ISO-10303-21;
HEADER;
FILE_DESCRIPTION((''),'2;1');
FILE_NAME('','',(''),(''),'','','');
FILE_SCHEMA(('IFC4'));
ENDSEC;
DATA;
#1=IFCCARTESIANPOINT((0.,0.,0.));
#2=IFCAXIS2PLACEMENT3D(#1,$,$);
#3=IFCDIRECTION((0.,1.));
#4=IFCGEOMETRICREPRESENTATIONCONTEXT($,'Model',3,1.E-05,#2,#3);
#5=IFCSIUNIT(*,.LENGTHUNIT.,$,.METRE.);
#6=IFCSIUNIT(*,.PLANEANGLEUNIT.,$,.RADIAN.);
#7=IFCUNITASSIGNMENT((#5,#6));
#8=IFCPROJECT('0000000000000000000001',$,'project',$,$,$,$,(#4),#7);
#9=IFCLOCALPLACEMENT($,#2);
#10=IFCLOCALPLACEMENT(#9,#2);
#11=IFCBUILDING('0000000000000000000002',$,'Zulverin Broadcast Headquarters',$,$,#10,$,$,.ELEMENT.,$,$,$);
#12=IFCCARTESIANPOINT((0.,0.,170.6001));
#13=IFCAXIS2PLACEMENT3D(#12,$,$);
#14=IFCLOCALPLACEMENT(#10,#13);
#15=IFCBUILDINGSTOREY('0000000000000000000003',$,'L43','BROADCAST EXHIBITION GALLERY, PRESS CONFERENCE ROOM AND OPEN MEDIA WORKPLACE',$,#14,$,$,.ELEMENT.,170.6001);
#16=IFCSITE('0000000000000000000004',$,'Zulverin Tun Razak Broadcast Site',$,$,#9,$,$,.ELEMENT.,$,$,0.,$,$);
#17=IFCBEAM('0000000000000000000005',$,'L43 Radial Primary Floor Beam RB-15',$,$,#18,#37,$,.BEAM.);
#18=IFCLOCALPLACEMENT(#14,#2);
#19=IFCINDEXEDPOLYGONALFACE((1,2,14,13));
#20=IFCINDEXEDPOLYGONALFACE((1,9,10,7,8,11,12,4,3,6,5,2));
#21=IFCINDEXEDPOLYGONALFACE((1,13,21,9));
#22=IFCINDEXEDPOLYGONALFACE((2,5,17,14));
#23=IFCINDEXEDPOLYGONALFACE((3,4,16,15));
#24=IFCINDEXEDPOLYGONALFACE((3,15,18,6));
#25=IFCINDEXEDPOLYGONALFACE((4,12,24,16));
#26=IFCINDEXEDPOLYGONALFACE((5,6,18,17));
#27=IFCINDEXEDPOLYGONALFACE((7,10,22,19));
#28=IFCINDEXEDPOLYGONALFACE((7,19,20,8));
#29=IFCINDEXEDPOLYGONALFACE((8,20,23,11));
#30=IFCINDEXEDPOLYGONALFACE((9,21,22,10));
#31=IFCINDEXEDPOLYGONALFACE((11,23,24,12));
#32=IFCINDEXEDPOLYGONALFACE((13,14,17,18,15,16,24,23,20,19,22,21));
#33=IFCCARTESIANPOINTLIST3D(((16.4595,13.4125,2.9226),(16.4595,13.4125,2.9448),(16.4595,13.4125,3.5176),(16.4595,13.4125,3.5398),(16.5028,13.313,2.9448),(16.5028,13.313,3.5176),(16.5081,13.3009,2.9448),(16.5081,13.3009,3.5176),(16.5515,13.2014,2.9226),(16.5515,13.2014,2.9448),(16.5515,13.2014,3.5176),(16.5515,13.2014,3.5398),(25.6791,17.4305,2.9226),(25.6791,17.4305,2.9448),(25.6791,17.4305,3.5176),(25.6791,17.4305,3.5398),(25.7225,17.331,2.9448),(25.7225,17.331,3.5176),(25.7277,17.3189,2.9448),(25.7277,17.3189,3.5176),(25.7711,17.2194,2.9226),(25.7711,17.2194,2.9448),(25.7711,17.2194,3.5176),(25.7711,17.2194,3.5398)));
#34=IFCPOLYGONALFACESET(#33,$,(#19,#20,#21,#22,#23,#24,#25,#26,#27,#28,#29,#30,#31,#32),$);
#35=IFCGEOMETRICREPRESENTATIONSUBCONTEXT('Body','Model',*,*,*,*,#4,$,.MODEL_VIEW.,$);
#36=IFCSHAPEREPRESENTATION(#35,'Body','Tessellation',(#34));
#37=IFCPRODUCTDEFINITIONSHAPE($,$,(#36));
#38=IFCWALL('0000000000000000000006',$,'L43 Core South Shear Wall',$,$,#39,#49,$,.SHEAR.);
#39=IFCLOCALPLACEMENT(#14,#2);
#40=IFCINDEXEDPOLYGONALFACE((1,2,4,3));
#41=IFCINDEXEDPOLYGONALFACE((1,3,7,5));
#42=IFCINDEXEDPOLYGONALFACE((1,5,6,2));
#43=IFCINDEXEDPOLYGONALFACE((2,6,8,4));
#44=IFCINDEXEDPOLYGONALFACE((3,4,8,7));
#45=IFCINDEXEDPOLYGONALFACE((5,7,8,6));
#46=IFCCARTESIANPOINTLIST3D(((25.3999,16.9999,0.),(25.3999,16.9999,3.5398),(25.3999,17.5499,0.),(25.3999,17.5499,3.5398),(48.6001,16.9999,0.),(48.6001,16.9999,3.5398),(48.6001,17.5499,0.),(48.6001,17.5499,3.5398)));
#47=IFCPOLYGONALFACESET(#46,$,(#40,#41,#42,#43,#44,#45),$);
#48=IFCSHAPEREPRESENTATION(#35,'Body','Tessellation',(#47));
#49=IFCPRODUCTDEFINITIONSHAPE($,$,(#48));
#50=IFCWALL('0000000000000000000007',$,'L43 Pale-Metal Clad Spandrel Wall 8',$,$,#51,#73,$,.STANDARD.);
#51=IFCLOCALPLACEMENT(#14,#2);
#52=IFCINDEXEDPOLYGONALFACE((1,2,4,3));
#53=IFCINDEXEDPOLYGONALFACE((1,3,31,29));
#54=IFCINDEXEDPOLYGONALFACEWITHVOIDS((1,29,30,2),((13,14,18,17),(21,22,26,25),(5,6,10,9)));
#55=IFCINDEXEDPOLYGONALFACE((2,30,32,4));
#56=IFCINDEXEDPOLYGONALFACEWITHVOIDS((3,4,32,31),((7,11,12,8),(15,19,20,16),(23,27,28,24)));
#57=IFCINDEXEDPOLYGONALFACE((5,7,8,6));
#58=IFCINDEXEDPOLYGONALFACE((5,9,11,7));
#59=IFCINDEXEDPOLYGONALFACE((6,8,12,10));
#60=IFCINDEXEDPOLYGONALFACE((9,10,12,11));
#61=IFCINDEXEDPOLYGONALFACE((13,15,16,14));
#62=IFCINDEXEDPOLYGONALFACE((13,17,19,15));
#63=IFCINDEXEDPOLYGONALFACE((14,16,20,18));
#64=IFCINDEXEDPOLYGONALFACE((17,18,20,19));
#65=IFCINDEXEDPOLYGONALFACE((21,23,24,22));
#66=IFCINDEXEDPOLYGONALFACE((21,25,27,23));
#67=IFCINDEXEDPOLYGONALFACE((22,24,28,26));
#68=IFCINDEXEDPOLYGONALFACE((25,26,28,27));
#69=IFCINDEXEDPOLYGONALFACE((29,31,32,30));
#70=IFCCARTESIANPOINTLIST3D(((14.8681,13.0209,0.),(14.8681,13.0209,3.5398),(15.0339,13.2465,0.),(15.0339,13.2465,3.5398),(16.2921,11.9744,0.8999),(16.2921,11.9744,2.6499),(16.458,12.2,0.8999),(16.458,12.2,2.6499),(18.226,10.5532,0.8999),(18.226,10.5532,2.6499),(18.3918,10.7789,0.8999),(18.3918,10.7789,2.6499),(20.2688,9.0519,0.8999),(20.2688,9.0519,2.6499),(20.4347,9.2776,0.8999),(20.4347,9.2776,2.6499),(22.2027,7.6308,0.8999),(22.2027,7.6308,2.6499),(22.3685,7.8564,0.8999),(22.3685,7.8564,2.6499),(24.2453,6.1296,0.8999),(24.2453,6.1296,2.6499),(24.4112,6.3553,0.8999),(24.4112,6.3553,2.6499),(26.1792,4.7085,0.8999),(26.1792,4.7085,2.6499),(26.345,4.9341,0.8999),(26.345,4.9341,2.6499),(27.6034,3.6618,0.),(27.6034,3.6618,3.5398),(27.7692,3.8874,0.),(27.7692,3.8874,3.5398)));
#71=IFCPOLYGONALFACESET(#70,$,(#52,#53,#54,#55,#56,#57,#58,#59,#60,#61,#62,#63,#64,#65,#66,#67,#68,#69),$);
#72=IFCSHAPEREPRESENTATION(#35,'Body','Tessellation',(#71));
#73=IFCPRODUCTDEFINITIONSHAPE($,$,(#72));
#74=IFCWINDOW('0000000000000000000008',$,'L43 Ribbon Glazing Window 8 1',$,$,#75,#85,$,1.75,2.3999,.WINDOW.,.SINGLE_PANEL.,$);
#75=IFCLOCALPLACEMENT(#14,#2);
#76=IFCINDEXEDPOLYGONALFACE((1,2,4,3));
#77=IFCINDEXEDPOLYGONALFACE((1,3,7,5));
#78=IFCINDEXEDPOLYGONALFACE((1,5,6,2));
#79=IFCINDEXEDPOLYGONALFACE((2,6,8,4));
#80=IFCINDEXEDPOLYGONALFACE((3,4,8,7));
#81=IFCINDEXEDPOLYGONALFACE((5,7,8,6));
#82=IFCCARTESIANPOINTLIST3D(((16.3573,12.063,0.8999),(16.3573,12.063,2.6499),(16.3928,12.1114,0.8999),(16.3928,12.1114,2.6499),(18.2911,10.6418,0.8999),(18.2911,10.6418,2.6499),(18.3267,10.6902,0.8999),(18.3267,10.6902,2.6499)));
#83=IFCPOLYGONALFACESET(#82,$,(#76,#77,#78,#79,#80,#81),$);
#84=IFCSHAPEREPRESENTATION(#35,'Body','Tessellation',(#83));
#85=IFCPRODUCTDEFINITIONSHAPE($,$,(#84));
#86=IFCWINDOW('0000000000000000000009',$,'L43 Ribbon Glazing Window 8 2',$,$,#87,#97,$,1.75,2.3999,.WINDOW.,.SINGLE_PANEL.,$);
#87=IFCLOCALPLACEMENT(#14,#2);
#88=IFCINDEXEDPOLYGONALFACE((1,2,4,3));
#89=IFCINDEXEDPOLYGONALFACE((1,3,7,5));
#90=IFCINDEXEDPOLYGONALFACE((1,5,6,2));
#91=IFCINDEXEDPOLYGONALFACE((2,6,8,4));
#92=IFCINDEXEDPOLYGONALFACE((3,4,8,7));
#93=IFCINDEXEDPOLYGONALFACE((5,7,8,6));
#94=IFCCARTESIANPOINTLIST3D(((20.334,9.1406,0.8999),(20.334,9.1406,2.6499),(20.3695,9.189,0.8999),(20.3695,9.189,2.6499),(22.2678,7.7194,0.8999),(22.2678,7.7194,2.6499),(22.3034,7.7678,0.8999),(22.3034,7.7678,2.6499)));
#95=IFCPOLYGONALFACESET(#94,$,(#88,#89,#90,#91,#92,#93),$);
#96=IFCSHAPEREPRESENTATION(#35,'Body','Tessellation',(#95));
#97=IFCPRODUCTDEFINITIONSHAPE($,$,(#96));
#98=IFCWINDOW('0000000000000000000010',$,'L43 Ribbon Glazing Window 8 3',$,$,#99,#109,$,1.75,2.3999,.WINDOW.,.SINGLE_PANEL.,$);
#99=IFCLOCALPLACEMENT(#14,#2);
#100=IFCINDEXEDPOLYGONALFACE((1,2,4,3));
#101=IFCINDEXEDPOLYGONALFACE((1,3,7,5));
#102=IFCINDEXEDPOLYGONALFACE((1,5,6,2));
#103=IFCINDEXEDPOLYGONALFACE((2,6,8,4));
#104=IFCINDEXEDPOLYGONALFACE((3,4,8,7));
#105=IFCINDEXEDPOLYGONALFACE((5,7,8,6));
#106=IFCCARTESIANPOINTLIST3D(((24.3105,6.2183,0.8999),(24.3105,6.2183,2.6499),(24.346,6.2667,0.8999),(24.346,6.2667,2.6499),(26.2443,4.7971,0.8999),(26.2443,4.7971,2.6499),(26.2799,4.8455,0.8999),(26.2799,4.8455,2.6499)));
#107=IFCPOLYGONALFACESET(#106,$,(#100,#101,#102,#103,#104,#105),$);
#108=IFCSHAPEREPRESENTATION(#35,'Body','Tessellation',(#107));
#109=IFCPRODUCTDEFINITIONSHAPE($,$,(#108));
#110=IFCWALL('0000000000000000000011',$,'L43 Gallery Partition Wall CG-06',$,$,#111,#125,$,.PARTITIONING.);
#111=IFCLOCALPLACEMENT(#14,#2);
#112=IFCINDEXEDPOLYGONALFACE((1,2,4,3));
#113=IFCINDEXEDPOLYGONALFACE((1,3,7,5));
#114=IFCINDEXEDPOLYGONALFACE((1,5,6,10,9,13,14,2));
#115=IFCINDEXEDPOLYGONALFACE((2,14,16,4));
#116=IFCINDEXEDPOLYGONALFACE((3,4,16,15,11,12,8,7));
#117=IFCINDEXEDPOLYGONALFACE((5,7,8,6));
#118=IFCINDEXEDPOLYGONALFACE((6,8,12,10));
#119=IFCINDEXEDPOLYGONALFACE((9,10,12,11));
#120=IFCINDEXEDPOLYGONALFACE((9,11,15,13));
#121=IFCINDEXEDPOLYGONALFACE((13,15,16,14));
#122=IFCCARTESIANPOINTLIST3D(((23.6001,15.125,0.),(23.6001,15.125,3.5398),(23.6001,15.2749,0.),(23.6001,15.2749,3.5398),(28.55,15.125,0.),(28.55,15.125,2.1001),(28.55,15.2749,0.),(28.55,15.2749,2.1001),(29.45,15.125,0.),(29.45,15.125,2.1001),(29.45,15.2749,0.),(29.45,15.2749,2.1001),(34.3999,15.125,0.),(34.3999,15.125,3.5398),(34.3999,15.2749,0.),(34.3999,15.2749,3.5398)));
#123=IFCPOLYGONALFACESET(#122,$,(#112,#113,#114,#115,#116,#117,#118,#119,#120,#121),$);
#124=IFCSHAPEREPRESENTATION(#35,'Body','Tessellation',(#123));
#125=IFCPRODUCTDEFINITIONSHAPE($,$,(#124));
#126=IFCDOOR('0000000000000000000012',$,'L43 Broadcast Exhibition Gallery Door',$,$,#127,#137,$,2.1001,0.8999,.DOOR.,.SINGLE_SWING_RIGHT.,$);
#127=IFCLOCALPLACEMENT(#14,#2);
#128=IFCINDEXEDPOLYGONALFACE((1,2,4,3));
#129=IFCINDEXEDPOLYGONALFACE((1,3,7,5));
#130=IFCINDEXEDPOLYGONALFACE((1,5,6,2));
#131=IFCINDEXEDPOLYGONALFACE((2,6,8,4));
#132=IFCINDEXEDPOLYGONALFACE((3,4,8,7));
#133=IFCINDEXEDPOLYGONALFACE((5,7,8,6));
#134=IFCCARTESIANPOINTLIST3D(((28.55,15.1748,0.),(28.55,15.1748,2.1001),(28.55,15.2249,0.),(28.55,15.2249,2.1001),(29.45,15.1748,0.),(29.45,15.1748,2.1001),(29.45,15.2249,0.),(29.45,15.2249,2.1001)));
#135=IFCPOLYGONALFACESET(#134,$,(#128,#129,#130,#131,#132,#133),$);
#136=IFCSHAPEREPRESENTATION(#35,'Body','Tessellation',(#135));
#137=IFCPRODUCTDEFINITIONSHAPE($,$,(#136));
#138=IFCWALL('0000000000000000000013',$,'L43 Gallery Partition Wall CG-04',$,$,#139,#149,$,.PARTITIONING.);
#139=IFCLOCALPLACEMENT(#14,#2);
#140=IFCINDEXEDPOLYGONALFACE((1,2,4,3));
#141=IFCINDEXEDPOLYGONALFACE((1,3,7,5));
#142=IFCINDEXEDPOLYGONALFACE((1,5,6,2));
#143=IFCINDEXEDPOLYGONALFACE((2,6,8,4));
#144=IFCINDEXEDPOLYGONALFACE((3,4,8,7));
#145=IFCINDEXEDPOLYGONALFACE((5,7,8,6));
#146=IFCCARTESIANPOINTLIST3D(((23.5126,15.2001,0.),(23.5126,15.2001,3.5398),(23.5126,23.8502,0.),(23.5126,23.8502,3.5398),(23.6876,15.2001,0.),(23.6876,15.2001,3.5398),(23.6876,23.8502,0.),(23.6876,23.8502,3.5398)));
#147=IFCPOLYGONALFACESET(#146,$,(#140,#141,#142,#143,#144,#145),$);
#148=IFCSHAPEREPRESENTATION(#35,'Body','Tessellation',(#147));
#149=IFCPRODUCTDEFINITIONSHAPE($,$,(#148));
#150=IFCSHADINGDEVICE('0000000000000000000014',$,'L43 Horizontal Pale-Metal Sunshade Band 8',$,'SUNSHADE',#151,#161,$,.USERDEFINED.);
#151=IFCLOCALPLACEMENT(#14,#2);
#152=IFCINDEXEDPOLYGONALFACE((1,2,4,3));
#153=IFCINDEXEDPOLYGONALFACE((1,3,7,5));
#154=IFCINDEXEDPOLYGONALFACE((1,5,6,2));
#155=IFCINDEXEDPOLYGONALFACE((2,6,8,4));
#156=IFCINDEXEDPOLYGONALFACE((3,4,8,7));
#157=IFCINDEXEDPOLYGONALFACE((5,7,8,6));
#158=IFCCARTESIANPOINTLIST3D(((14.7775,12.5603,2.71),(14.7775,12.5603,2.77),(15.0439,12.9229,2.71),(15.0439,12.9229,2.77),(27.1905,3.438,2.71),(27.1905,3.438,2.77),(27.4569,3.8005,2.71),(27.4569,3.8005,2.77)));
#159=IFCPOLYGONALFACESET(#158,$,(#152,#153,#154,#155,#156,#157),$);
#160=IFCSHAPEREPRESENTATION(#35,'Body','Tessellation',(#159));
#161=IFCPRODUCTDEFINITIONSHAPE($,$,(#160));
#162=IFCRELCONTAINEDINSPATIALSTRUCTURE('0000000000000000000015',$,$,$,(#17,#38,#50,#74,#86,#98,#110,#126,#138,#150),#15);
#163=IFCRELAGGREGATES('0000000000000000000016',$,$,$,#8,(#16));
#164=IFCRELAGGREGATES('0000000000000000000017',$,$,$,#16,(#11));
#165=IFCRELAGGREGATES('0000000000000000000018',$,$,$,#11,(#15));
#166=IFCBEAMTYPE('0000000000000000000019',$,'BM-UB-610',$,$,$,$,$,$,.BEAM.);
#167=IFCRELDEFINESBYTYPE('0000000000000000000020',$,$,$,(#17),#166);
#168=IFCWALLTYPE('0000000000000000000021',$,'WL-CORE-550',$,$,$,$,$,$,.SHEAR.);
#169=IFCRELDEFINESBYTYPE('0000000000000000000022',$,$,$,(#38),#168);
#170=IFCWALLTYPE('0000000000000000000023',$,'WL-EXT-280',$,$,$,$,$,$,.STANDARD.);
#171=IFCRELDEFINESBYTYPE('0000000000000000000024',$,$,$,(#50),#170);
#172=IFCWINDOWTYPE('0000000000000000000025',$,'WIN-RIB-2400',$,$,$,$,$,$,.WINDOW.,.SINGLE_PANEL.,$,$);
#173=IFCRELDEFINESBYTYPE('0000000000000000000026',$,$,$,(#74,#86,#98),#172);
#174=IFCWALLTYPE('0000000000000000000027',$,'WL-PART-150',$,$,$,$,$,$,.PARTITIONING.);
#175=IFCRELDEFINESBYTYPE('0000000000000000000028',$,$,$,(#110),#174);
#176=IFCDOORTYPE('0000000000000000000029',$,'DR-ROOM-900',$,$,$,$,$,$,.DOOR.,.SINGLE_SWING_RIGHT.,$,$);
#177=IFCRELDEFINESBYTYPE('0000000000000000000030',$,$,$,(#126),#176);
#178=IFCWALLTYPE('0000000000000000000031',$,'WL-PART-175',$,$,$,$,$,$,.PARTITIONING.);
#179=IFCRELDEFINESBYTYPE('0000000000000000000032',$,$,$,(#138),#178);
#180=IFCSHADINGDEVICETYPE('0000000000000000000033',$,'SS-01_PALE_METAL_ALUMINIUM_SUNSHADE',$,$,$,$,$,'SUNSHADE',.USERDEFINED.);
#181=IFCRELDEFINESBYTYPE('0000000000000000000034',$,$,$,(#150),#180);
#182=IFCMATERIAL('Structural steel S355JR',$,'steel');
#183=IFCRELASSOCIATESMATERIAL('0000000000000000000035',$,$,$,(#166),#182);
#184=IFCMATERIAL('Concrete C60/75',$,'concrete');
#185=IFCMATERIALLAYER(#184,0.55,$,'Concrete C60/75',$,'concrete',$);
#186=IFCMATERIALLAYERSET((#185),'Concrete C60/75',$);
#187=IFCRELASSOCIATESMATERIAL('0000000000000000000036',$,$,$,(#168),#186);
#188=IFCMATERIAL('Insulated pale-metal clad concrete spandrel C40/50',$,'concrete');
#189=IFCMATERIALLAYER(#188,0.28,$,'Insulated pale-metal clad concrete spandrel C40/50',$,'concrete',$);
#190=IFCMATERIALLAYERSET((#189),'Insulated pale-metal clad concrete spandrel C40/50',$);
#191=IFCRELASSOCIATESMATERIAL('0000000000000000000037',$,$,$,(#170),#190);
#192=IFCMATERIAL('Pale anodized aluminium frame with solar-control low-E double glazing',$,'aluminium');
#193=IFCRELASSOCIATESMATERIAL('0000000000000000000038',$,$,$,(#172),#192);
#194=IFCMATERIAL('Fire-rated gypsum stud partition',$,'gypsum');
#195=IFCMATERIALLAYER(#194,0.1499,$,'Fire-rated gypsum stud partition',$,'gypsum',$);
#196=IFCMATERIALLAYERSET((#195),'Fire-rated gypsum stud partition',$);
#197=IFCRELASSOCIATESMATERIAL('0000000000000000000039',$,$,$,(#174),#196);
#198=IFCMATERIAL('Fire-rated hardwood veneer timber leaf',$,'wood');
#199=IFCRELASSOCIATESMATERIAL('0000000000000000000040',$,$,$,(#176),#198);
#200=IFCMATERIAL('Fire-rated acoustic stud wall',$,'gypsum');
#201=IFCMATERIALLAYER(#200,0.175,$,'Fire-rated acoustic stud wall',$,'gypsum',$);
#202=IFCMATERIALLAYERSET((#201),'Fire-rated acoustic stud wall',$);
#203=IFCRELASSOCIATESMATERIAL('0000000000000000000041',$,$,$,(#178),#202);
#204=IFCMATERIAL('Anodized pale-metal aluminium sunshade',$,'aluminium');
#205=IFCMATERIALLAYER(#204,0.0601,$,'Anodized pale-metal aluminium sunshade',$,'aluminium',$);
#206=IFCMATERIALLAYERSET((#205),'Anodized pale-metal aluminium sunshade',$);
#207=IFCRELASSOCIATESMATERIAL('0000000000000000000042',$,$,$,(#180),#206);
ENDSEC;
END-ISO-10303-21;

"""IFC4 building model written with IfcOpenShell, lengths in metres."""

from ifc_helpers import new_model, si_unit, direction, frame, frame_2d, origin, origin_2d, place, context, subcontext, project, spatial, rectangle, i_section, extrude, material, layer, layer_set, material_profile, profile_set, type_object, element, fill, save


model = new_model("IFC4")

# Units and contexts
model_context = context("Model", 3, precision=1e-05, world=origin(), true_north=direction((0.0, 1.0)))
body_context = subcontext(model_context, "Body", "Model", "MODEL_VIEW")
ifc_project = project(units=[si_unit("LENGTHUNIT", "METRE"), si_unit("PLANEANGLEUNIT", "RADIAN")], contexts=[model_context])

# Site, building, storey
site_placement = place(None, origin())
site = spatial("IfcSite", under=ifc_project, at=site_placement, Name="Zulverin Tun Razak Broadcast Site", CompositionType="ELEMENT", RefElevation=0.0)
building_placement = place(site_placement, origin())
building = spatial("IfcBuilding", under=site, at=building_placement, Name="Zulverin Broadcast Headquarters", CompositionType="ELEMENT")
storey_placement = place(building_placement, frame((0.0, 0.0, 170.6001)))
storey = spatial("IfcBuildingStorey", under=building, at=storey_placement, Name="L43", Description="BROADCAST EXHIBITION GALLERY, PRESS CONFERENCE ROOM AND OPEN MEDIA WORKPLACE", CompositionType="ELEMENT", Elevation=170.6001)

# Beam
ifc_material_1 = material(Name="Concrete C60/75", Category="concrete")
ifc_material_2 = material(Name="Structural steel S355JR", Category="steel")
ifc_material_profile_1 = material_profile(ifc_material_2, i_section(OverallWidth=0.2302, OverallDepth=0.6172, WebThickness=0.0132, FlangeThickness=0.0222, at=origin_2d()), Name="Structural steel S355JR", Category="steel")
ifc_profile_set_1 = profile_set([ifc_material_profile_1], Name="Structural steel S355JR")
beam_type_1 = type_object("IfcBeamType", Name="BM-UB-610", PredefinedType="BEAM", material=ifc_profile_set_1)
beam_1_placement = place(storey_placement, frame((25.7251, 17.325, 3.2312), z_axis=(-0.916725, -0.39952, 0.0), x_axis=(0.39952, -0.916725, 0.0)))
element("IfcBeam", 1, at=beam_1_placement, inside=storey, type_object=beam_type_1, Name="L43 Radial Primary Floor Beam RB-15", PredefinedType="BEAM", context=body_context, shape_type="SweptSolid", body=[
    extrude(i_section(OverallWidth=0.2302, OverallDepth=0.6172, WebThickness=0.0132, FlangeThickness=0.0222, at=origin_2d()), origin(), (0.0, 0.0, 1.0), 10.0571),
])

# Wall
ifc_layer_1 = layer(ifc_material_1, 0.55, Name="Concrete C60/75", Category="concrete")
ifc_layer_set_1 = layer_set([ifc_layer_1], Name="Concrete C60/75")
wall_type_1 = type_object("IfcWallType", Name="WL-CORE-550", PredefinedType="SHEAR", material=ifc_layer_set_1)
wall_1_placement = place(storey_placement, frame((25.3999, 17.2749, 0.0), z_axis=(0.0, 0.0, 1.0), x_axis=(1.0, 0.0, 0.0)))
element("IfcWall", 2, at=wall_1_placement, inside=storey, type_object=wall_type_1, Name="L43 Core South Shear Wall", PredefinedType="SHEAR", context=body_context, shape_type="SweptSolid", body=[
    extrude(rectangle(XDim=23.2002, YDim=0.55, at=frame_2d((11.6001, 0.0))), origin(), (0.0, 0.0, 1.0), 3.5398),
])

# Wall, openings, windows
ifc_material_3 = material(Name="Insulated pale-metal clad concrete spandrel C40/50", Category="concrete")
ifc_layer_2 = layer(ifc_material_3, 0.28, Name="Insulated pale-metal clad concrete spandrel C40/50", Category="concrete")
ifc_layer_set_2 = layer_set([ifc_layer_2], Name="Insulated pale-metal clad concrete spandrel C40/50")
wall_type_2 = type_object("IfcWallType", Name="WL-EXT-280", PredefinedType="STANDARD", material=ifc_layer_set_2)
wall_2_placement = place(storey_placement, frame((14.9509, 13.1338, 0.0), z_axis=(0.0, 0.0, 1.0), x_axis=(0.805805, -0.592181, 0.0)))
wall_2 = element("IfcWall", 3, at=wall_2_placement, inside=storey, type_object=wall_type_2, Name="L43 Pale-Metal Clad Spandrel Wall 8", PredefinedType="STANDARD", context=body_context, shape_type="SweptSolid", body=[
    extrude(rectangle(XDim=15.8044, YDim=0.28, at=frame_2d((7.9023, 0.0))), origin(), (0.0, 0.0, 1.0), 3.5398),
])
opening_1_placement = place(wall_2_placement, frame((1.7673, 0.0, 0.8999)))
opening_1 = element("IfcOpeningElement", 4, at=opening_1_placement, cuts=wall_2, PredefinedType="OPENING", context=body_context, shape_type="SweptSolid", body=[
    extrude(rectangle(XDim=2.3999, YDim=1.75, at=frame_2d((1.2, 0.875))), frame((0.0, 0.1499, 0.0), z_axis=(0.0, -1.0, 0.0), x_axis=(1.0, 0.0, 0.0)), (0.0, 0.0, 1.0), 0.3),
])
opening_2_placement = place(wall_2_placement, frame((6.7024, 0.0, 0.8999)))
opening_2 = element("IfcOpeningElement", 5, at=opening_2_placement, cuts=wall_2, PredefinedType="OPENING", context=body_context, shape_type="SweptSolid", body=[
    extrude(rectangle(XDim=2.3999, YDim=1.75, at=frame_2d((1.2, 0.875))), frame((0.0, 0.1499, 0.0), z_axis=(0.0, -1.0, 0.0), x_axis=(1.0, 0.0, 0.0)), (0.0, 0.0, 1.0), 0.3),
])
opening_3_placement = place(wall_2_placement, frame((11.6372, 0.0, 0.8999)))
opening_3 = element("IfcOpeningElement", 6, at=opening_3_placement, cuts=wall_2, PredefinedType="OPENING", context=body_context, shape_type="SweptSolid", body=[
    extrude(rectangle(XDim=2.3999, YDim=1.75, at=frame_2d((1.2, 0.875))), frame((0.0, 0.1499, 0.0), z_axis=(0.0, -1.0, 0.0), x_axis=(1.0, 0.0, 0.0)), (0.0, 0.0, 1.0), 0.3),
])
ifc_material_4 = material(Name="Pale anodized aluminium frame with solar-control low-E double glazing", Category="aluminium")
window_type = type_object("IfcWindowType", Name="WIN-RIB-2400", PartitioningType="SINGLE_PANEL", PredefinedType="WINDOW", material=ifc_material_4)
window_1_placement = place(opening_1_placement, origin())
window_1 = element("IfcWindow", 7, at=window_1_placement, inside=storey, type_object=window_type, Name="L43 Ribbon Glazing Window 8 1", OverallHeight=1.75, OverallWidth=2.3999, PartitioningType="SINGLE_PANEL", PredefinedType="WINDOW", context=body_context, shape_type="SweptSolid", body=[
    extrude(rectangle(XDim=2.3999, YDim=1.75, at=frame_2d((1.2, 0.875))), frame((0.0, 0.03, 0.0), z_axis=(0.0, -1.0, 0.0), x_axis=(1.0, 0.0, 0.0)), (0.0, 0.0, 1.0), 0.0601),
])
fill(opening_1, window_1)
window_2_placement = place(opening_2_placement, origin())
window_2 = element("IfcWindow", 8, at=window_2_placement, inside=storey, type_object=window_type, Name="L43 Ribbon Glazing Window 8 2", OverallHeight=1.75, OverallWidth=2.3999, PartitioningType="SINGLE_PANEL", PredefinedType="WINDOW", context=body_context, shape_type="SweptSolid", body=[
    extrude(rectangle(XDim=2.3999, YDim=1.75, at=frame_2d((1.2, 0.875))), frame((0.0, 0.03, 0.0), z_axis=(0.0, -1.0, 0.0), x_axis=(1.0, 0.0, 0.0)), (0.0, 0.0, 1.0), 0.0601),
])
fill(opening_2, window_2)
window_3_placement = place(opening_3_placement, origin())
window_3 = element("IfcWindow", 9, at=window_3_placement, inside=storey, type_object=window_type, Name="L43 Ribbon Glazing Window 8 3", OverallHeight=1.75, OverallWidth=2.3999, PartitioningType="SINGLE_PANEL", PredefinedType="WINDOW", context=body_context, shape_type="SweptSolid", body=[
    extrude(rectangle(XDim=2.3999, YDim=1.75, at=frame_2d((1.2, 0.875))), frame((0.0, 0.03, 0.0), z_axis=(0.0, -1.0, 0.0), x_axis=(1.0, 0.0, 0.0)), (0.0, 0.0, 1.0), 0.0601),
])
fill(opening_3, window_3)

# Wall, opening, door
ifc_material_5 = material(Name="Fire-rated gypsum stud partition", Category="gypsum")
ifc_layer_3 = layer(ifc_material_5, 0.1499, Name="Fire-rated gypsum stud partition", Category="gypsum")
ifc_layer_set_3 = layer_set([ifc_layer_3], Name="Fire-rated gypsum stud partition")
wall_type_3 = type_object("IfcWallType", Name="WL-PART-150", PredefinedType="PARTITIONING", material=ifc_layer_set_3)
wall_3_placement = place(storey_placement, frame((23.6001, 15.2, 0.0), z_axis=(0.0, 0.0, 1.0), x_axis=(1.0, 0.0, 0.0)))
wall_3 = element("IfcWall", 10, at=wall_3_placement, inside=storey, type_object=wall_type_3, Name="L43 Gallery Partition Wall CG-06", PredefinedType="PARTITIONING", context=body_context, shape_type="SweptSolid", body=[
    extrude(rectangle(XDim=10.7998, YDim=0.1499, at=frame_2d((5.3999, 0.0))), origin(), (0.0, 0.0, 1.0), 3.5398),
])
opening_4_placement = place(wall_3_placement, frame((4.95, 0.0, 0.0)))
opening_4 = element("IfcOpeningElement", 11, at=opening_4_placement, cuts=wall_3, PredefinedType="OPENING", context=body_context, shape_type="SweptSolid", body=[
    extrude(rectangle(XDim=0.8999, YDim=2.1001, at=frame_2d((0.45, 1.05))), frame((0.0, 0.085, 0.0), z_axis=(0.0, -1.0, 0.0), x_axis=(1.0, 0.0, 0.0)), (0.0, 0.0, 1.0), 0.1699),
])
ifc_material_6 = material(Name="Fire-rated hardwood veneer timber leaf", Category="wood")
door_type_1 = type_object("IfcDoorType", Name="DR-ROOM-900", OperationType="SINGLE_SWING_RIGHT", PredefinedType="DOOR", material=ifc_material_6)
door_1_placement = place(opening_4_placement, origin())
door_1 = element("IfcDoor", 12, at=door_1_placement, inside=storey, type_object=door_type_1, Name="L43 Broadcast Exhibition Gallery Door", OperationType="SINGLE_SWING_RIGHT", OverallHeight=2.1001, OverallWidth=0.8999, PredefinedType="DOOR", context=body_context, shape_type="SweptSolid", body=[
    extrude(rectangle(XDim=0.8999, YDim=2.1001, at=frame_2d((0.45, 1.05))), frame((0.0, 0.0249, 0.0), z_axis=(0.0, -1.0, 0.0), x_axis=(1.0, 0.0, 0.0)), (0.0, 0.0, 1.0), 0.05),
])
fill(opening_4, door_1)

# Wall
ifc_material_7 = material(Name="Fire-rated acoustic stud wall", Category="gypsum")
ifc_layer_4 = layer(ifc_material_7, 0.175, Name="Fire-rated acoustic stud wall", Category="gypsum")
ifc_layer_set_4 = layer_set([ifc_layer_4], Name="Fire-rated acoustic stud wall")
wall_type_4 = type_object("IfcWallType", Name="WL-PART-175", PredefinedType="PARTITIONING", material=ifc_layer_set_4)
wall_4_placement = place(storey_placement, frame((23.6001, 15.2, 0.0), z_axis=(0.0, 0.0, 1.0), x_axis=(0.0, 1.0, 0.0)))
element("IfcWall", 13, at=wall_4_placement, inside=storey, type_object=wall_type_4, Name="L43 Gallery Partition Wall CG-04", PredefinedType="PARTITIONING", context=body_context, shape_type="SweptSolid", body=[
    extrude(rectangle(XDim=8.6501, YDim=0.175, at=frame_2d((4.3252, 0.0))), origin(), (0.0, 0.0, 1.0), 3.5398),
])

# Shading device
ifc_material_8 = material(Name="Anodized pale-metal aluminium sunshade", Category="aluminium")
ifc_layer_5 = layer(ifc_material_8, 0.0601, Name="Anodized pale-metal aluminium sunshade", Category="aluminium")
ifc_layer_set_5 = layer_set([ifc_layer_5], Name="Anodized pale-metal aluminium sunshade")
shading_device_type = type_object("IfcShadingDeviceType", Name="SS-01_PALE_METAL_ALUMINIUM_SUNSHADE", ElementType="SUNSHADE", PredefinedType="USERDEFINED", material=ifc_layer_set_5)
shading_device_placement = place(storey_placement, frame((21.1172, 8.1804, 2.71), z_axis=(0.0, 0.0, 1.0), x_axis=(0.805802, -0.592185, 0.0)))
element("IfcShadingDevice", 14, at=shading_device_placement, inside=storey, type_object=shading_device_type, Name="L43 Horizontal Pale-Metal Sunshade Band 8", ObjectType="SUNSHADE", PredefinedType="USERDEFINED", context=body_context, shape_type="SweptSolid", body=[
    extrude(rectangle(XDim=15.4045, YDim=0.45, at=origin_2d()), origin(), (0.0, 0.0, 1.0), 0.0601),
])

save(model, "model.ifc")
